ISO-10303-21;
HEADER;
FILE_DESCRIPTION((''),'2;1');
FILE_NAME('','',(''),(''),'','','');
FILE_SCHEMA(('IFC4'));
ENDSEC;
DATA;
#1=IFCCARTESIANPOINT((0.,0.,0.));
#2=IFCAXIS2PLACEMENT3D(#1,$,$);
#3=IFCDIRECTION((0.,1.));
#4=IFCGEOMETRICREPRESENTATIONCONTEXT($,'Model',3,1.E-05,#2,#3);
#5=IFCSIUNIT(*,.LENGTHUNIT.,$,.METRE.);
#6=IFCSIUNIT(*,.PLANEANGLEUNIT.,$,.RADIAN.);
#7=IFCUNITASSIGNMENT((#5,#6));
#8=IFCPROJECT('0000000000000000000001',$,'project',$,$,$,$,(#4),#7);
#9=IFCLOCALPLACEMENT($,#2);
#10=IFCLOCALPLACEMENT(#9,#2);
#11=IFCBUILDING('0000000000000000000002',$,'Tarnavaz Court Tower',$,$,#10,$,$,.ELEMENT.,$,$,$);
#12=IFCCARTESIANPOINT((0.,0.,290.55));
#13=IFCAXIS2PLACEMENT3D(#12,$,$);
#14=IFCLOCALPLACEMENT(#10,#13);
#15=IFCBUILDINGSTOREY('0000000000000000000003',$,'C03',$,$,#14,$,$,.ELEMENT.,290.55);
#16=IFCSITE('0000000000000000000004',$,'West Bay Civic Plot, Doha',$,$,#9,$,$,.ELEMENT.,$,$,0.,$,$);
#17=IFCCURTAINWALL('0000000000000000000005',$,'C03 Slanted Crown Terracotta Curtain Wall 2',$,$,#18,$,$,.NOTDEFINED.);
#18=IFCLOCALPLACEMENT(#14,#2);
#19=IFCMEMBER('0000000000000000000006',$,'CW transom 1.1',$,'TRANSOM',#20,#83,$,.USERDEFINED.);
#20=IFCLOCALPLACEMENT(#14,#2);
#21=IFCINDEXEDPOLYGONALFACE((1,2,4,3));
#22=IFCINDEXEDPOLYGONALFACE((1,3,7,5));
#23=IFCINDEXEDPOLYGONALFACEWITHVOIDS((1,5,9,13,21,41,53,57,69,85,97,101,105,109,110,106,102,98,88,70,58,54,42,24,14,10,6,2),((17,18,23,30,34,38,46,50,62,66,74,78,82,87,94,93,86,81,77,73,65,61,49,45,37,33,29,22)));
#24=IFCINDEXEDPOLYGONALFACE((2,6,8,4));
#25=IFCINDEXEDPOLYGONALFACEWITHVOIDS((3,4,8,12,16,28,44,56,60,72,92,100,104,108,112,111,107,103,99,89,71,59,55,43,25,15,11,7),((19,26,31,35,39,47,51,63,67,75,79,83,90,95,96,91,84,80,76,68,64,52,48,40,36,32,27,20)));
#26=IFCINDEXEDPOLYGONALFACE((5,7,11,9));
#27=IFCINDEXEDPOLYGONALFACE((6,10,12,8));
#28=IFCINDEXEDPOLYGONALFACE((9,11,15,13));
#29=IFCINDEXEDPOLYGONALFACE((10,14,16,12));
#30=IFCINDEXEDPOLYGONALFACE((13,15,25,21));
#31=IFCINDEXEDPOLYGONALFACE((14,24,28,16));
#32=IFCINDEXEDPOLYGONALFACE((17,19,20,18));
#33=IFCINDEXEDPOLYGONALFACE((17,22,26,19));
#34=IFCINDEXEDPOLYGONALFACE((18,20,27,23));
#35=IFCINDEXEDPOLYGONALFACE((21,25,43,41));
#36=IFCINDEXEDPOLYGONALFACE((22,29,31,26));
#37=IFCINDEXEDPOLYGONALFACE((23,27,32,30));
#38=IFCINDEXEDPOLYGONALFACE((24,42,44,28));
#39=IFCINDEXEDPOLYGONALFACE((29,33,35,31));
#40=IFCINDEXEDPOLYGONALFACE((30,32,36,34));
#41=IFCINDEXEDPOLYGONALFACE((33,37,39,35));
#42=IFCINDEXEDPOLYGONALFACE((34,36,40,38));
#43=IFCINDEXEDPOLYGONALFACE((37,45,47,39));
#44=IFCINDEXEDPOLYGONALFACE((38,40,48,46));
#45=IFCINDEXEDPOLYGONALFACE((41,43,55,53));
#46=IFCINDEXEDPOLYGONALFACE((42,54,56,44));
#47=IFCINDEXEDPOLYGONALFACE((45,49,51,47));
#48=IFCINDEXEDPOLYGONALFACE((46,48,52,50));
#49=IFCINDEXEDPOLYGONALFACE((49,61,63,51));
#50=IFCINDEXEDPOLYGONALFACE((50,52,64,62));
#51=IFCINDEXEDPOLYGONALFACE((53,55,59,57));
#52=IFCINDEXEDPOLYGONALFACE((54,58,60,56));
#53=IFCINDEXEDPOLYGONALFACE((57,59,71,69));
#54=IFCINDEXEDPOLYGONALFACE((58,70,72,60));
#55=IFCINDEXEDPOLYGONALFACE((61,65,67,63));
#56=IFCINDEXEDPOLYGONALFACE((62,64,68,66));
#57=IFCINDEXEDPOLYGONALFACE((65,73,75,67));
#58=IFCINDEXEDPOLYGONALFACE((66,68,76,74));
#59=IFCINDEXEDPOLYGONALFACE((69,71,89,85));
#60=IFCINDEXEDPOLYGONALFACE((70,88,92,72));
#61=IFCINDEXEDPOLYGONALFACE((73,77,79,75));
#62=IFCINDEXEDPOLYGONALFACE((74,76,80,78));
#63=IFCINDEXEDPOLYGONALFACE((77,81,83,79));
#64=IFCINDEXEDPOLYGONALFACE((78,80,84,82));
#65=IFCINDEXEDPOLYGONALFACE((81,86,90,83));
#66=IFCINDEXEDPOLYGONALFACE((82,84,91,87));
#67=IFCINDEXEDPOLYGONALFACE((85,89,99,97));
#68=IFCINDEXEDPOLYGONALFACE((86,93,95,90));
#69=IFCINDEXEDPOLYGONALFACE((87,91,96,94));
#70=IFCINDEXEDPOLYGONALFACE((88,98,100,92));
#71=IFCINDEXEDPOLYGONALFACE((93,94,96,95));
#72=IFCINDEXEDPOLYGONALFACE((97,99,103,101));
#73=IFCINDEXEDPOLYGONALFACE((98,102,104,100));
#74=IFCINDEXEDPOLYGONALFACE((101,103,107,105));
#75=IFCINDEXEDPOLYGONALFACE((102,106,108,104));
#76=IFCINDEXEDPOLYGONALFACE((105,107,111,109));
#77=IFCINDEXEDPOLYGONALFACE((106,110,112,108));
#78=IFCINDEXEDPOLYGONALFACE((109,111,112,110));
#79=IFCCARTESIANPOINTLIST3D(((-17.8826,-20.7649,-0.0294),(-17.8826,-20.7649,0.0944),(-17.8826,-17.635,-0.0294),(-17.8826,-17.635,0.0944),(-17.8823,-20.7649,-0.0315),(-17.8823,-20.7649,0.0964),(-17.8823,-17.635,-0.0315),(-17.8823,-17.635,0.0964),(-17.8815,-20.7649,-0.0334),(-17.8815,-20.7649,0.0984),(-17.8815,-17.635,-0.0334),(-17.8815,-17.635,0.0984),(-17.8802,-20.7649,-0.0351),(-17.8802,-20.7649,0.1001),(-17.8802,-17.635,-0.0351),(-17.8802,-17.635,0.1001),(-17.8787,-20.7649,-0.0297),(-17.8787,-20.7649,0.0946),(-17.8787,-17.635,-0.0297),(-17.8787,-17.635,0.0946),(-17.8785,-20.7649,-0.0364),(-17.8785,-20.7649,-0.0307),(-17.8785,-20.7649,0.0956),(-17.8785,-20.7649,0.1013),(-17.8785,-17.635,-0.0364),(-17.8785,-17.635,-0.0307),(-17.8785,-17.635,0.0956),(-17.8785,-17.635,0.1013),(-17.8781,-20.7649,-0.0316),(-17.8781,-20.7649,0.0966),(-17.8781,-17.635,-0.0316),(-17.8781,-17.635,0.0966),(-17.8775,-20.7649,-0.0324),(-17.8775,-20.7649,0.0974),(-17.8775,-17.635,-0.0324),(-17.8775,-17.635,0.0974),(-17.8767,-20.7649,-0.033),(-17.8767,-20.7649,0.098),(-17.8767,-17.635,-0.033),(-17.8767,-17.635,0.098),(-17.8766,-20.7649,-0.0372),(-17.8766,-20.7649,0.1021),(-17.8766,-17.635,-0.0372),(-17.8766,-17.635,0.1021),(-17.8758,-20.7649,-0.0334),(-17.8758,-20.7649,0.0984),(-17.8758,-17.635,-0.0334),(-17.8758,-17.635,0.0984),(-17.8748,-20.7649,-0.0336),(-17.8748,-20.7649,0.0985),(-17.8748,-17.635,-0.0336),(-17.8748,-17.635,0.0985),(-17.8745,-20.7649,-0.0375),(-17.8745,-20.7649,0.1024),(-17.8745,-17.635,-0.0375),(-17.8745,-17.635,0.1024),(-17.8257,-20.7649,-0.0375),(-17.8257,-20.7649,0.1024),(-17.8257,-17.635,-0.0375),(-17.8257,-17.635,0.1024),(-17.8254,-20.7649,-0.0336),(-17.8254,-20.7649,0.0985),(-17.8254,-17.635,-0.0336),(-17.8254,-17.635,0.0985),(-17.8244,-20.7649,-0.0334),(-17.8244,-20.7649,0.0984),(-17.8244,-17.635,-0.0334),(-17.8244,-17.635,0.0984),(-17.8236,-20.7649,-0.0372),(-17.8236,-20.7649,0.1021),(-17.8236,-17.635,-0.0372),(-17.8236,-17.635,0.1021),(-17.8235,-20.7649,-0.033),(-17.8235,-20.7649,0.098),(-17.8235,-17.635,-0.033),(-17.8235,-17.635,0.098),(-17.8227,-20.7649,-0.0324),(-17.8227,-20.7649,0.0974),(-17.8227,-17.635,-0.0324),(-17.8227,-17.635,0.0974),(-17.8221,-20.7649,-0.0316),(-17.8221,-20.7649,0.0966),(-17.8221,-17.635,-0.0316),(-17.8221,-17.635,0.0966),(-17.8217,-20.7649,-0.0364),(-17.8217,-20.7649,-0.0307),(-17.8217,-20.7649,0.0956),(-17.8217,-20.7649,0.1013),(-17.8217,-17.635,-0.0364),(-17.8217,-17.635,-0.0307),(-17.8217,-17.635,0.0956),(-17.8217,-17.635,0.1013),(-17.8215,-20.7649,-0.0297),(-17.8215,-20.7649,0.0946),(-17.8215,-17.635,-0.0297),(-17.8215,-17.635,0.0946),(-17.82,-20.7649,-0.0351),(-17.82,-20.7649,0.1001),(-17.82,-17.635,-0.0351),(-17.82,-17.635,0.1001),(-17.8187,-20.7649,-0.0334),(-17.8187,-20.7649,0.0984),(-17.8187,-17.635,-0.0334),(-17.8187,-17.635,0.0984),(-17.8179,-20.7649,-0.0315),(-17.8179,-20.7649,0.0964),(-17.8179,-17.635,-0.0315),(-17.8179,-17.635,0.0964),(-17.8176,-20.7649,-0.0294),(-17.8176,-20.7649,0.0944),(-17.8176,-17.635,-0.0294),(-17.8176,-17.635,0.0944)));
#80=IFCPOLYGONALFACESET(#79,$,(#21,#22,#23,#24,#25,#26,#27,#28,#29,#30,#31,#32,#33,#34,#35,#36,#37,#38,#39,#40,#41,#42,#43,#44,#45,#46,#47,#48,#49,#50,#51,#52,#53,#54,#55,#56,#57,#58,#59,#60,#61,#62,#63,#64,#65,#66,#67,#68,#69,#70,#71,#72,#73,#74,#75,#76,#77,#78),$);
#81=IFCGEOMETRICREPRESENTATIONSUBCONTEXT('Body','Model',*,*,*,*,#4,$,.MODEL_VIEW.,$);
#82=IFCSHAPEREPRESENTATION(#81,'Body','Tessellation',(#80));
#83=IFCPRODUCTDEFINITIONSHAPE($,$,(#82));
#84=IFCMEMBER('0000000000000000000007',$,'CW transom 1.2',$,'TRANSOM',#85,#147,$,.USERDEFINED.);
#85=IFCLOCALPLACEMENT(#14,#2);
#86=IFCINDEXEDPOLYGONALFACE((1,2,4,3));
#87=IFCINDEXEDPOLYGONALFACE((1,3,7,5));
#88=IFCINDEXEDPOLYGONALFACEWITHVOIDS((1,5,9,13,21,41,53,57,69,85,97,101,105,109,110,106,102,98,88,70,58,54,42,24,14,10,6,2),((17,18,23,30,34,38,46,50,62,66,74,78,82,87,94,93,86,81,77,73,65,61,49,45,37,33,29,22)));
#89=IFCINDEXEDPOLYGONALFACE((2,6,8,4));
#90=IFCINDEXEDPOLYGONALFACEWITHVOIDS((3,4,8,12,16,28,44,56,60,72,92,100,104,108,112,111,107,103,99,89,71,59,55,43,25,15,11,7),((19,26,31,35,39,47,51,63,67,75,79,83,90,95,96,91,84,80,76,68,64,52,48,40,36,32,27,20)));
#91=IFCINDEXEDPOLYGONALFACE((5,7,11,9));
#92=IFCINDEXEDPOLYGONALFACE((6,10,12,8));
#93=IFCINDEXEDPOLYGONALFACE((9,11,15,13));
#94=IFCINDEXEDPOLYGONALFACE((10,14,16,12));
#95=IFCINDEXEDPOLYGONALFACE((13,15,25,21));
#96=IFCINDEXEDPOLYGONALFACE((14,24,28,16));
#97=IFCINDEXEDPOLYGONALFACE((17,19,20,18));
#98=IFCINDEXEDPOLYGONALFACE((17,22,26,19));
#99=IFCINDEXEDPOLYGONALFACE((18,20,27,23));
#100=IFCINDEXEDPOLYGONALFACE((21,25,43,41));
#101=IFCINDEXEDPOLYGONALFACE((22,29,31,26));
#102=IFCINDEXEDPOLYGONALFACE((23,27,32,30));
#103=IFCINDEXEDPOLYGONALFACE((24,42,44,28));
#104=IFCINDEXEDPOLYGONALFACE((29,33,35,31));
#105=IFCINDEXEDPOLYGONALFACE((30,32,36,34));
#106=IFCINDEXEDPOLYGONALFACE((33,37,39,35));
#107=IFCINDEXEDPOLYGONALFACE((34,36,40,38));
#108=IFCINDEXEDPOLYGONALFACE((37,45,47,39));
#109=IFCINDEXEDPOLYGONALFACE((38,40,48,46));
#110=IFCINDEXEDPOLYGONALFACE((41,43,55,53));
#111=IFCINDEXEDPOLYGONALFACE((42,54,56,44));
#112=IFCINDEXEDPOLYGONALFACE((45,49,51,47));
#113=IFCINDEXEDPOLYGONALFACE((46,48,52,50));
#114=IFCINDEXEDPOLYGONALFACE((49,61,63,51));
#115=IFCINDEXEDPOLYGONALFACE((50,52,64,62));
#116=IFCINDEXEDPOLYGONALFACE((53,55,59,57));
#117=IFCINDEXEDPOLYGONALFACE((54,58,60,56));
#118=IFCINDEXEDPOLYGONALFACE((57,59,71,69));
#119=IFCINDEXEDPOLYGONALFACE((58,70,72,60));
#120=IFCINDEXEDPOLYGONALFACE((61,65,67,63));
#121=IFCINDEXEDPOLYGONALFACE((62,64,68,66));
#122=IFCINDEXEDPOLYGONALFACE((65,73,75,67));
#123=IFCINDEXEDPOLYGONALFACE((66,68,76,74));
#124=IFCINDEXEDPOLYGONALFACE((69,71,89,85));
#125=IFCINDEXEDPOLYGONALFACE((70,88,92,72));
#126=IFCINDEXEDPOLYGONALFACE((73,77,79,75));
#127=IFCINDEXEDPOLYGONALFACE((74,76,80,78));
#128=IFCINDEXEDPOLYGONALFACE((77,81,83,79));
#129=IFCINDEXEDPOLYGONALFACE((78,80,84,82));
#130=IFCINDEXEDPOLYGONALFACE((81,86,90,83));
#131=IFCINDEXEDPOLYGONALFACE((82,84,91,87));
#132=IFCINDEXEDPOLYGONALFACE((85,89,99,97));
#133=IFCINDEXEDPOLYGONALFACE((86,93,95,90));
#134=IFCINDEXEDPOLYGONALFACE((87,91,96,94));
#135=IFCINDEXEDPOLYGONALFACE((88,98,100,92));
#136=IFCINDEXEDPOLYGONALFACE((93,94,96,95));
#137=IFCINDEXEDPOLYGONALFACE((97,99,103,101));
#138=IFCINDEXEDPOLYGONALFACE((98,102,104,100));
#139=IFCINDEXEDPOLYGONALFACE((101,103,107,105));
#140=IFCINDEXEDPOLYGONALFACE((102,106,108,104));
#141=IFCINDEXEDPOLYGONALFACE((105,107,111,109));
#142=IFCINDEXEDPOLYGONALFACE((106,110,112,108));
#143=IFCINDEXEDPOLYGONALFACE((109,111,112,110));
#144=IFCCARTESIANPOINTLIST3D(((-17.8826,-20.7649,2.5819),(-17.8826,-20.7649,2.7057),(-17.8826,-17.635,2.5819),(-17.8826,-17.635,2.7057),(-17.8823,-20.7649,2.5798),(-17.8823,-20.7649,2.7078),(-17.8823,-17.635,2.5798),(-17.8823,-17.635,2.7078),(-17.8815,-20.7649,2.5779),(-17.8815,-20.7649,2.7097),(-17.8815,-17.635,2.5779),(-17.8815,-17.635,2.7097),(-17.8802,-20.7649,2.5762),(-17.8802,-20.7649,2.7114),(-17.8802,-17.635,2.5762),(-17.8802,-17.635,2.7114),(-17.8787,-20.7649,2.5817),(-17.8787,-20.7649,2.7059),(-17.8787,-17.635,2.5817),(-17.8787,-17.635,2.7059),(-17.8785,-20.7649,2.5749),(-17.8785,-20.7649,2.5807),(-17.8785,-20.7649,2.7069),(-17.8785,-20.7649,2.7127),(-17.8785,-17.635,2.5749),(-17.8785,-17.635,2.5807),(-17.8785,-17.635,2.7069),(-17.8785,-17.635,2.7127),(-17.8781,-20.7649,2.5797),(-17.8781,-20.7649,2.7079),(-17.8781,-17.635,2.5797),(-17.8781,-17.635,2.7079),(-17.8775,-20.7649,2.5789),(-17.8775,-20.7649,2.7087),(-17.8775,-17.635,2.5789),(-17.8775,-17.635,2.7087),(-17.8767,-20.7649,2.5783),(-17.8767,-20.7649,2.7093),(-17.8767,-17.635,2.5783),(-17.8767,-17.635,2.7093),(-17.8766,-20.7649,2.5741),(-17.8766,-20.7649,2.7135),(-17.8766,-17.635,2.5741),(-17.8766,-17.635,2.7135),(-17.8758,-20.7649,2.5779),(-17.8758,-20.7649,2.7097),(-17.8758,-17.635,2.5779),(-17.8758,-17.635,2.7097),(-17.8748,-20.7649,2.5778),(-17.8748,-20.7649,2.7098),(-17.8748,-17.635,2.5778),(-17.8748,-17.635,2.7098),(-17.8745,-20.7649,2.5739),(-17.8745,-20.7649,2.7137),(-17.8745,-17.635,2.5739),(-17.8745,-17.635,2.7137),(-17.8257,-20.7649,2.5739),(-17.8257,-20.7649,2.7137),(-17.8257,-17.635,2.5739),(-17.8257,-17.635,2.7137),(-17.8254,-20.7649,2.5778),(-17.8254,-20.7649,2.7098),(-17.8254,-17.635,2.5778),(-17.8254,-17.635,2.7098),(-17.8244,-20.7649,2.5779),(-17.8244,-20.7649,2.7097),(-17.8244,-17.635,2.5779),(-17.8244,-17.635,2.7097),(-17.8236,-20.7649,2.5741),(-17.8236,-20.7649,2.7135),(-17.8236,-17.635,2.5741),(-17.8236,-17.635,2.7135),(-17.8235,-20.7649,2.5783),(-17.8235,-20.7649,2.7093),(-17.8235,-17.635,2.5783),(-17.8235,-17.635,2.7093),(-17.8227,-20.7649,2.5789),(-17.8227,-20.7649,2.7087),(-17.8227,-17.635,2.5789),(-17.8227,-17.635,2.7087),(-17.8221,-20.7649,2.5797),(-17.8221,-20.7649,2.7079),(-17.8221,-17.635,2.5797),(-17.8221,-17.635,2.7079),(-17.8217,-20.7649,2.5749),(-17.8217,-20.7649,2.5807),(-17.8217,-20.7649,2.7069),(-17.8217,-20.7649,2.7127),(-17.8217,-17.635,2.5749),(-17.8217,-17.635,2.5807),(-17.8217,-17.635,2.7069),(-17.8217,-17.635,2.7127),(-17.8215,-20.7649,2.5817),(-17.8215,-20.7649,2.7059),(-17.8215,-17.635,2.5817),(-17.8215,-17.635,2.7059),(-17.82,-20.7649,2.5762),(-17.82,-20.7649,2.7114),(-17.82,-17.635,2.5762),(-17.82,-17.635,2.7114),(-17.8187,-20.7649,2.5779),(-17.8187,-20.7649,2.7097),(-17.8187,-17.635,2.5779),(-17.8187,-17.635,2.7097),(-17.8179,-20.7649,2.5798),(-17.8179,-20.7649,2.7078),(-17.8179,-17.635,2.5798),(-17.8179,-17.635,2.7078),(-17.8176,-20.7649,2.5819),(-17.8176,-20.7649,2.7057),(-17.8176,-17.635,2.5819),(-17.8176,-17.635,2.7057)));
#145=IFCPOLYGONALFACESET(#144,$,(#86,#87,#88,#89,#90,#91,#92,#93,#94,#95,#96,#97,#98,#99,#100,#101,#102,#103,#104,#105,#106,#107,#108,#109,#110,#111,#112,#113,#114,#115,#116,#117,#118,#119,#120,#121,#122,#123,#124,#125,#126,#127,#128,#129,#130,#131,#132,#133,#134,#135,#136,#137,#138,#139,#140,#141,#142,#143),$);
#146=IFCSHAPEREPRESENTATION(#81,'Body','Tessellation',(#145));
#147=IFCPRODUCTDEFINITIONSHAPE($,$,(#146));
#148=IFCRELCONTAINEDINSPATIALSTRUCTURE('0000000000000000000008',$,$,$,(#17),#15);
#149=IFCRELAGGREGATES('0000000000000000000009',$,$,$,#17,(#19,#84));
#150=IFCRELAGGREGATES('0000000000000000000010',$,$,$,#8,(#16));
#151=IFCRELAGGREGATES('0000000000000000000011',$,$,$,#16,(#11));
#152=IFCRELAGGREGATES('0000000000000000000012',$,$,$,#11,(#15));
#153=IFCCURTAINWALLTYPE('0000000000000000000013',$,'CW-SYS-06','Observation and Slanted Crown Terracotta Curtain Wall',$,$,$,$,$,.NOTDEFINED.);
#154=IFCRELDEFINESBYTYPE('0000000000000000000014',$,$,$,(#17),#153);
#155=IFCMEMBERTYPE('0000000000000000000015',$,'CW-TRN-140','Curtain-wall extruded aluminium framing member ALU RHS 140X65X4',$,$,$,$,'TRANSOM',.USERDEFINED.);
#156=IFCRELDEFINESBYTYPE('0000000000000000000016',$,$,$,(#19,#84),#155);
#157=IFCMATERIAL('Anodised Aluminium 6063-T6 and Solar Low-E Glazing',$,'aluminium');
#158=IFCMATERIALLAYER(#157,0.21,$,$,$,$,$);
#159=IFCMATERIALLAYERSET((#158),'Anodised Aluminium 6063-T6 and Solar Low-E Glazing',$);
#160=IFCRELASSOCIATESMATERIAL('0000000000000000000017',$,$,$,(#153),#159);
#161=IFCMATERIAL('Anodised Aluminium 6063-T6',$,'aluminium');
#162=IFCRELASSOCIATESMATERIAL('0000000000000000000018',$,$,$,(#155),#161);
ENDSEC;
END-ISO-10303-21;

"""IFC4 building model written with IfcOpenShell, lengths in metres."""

from ifc_helpers import new_model, si_unit, direction, frame, origin, origin_2d, place, context, subcontext, project, spatial, hollow_rectangle, extrude, material, layer, layer_set, material_profile, profile_set, type_object, element, aggregate, save


model = new_model("IFC4")

# Units and contexts
model_context = context("Model", 3, precision=1e-05, world=origin(), true_north=direction((0.0, 1.0)))
body_context = subcontext(model_context, "Body", "Model", "MODEL_VIEW")
ifc_project = project(units=[si_unit("LENGTHUNIT", "METRE"), si_unit("PLANEANGLEUNIT", "RADIAN")], contexts=[model_context])

# Site, building, storey
site_placement = place(None, origin())
site = spatial("IfcSite", under=ifc_project, at=site_placement, Name="West Bay Civic Plot, Doha", CompositionType="ELEMENT", RefElevation=0.0)
building_placement = place(site_placement, origin())
building = spatial("IfcBuilding", under=site, at=building_placement, Name="Tarnavaz Court Tower", CompositionType="ELEMENT")
storey_placement = place(building_placement, frame((0.0, 0.0, 290.55)))
storey = spatial("IfcBuildingStorey", under=building, at=storey_placement, Name="C03", CompositionType="ELEMENT", Elevation=290.55)

# Curtain wall
ifc_material_1 = material(Name="Anodised Aluminium 6063-T6 and Solar Low-E Glazing", Category="aluminium")
ifc_layer_1 = layer(ifc_material_1, 0.21)
ifc_layer_set_1 = layer_set([ifc_layer_1], Name="Anodised Aluminium 6063-T6 and Solar Low-E Glazing")
curtain_wall_type = type_object("IfcCurtainWallType", Name="CW-SYS-06", Description="Observation and Slanted Crown Terracotta Curtain Wall", PredefinedType="NOTDEFINED", material=ifc_layer_set_1)
ifc_material_2 = material(Name="Anodised Aluminium 6063-T6", Category="aluminium")
curtain_wall_1_placement = place(storey_placement, origin())
curtain_wall_1 = element("IfcCurtainWall", 1, at=curtain_wall_1_placement, inside=storey, type_object=curtain_wall_type, Name="C03 Slanted Crown Terracotta Curtain Wall 2", PredefinedType="NOTDEFINED")

# Members
ifc_material_profile_1 = material_profile(ifc_material_2, hollow_rectangle(XDim=0.0649, YDim=0.1399, WallThickness=0.0039, InnerFilletRadius=0.0039, OuterFilletRadius=0.0081, at=origin_2d()), Name="ALU RHS 140X65X4")
ifc_profile_set_1 = profile_set([ifc_material_profile_1], Name="Anodised Aluminium 6063-T6")
member_type_1 = type_object("IfcMemberType", Name="CW-TRN-140", Description="Curtain-wall extruded aluminium framing member ALU RHS 140X65X4", ElementType="TRANSOM", PredefinedType="USERDEFINED", material=ifc_profile_set_1)
member_1_placement = place(storey_placement, frame((-17.8501, -20.7649, 0.0325), z_axis=(0.0, 1.0, 0.0), x_axis=(-1.0, 0.0, 0.0)))
member_1 = element("IfcMember", 2, at=member_1_placement, type_object=member_type_1, Name="CW transom 1.1", ObjectType="TRANSOM", PredefinedType="USERDEFINED", context=body_context, shape_type="SweptSolid", body=[
    extrude(hollow_rectangle(XDim=0.0649, YDim=0.1399, WallThickness=0.0039, InnerFilletRadius=0.0039, OuterFilletRadius=0.0081, at=origin_2d()), origin(), (0.0, 0.0, 1.0), 3.1299),
])
member_2_placement = place(storey_placement, frame((-17.8501, -20.7649, 2.6438), z_axis=(0.0, 1.0, 0.0), x_axis=(-1.0, 0.0, 0.0)))
member_2 = element("IfcMember", 3, at=member_2_placement, type_object=member_type_1, Name="CW transom 1.2", ObjectType="TRANSOM", PredefinedType="USERDEFINED", context=body_context, shape_type="SweptSolid", body=[
    extrude(hollow_rectangle(XDim=0.0649, YDim=0.1399, WallThickness=0.0039, InnerFilletRadius=0.0039, OuterFilletRadius=0.0081, at=origin_2d()), origin(), (0.0, 0.0, 1.0), 3.1299),
])

aggregate(curtain_wall_1, [member_1, member_2])

save(model, "model.ifc")
